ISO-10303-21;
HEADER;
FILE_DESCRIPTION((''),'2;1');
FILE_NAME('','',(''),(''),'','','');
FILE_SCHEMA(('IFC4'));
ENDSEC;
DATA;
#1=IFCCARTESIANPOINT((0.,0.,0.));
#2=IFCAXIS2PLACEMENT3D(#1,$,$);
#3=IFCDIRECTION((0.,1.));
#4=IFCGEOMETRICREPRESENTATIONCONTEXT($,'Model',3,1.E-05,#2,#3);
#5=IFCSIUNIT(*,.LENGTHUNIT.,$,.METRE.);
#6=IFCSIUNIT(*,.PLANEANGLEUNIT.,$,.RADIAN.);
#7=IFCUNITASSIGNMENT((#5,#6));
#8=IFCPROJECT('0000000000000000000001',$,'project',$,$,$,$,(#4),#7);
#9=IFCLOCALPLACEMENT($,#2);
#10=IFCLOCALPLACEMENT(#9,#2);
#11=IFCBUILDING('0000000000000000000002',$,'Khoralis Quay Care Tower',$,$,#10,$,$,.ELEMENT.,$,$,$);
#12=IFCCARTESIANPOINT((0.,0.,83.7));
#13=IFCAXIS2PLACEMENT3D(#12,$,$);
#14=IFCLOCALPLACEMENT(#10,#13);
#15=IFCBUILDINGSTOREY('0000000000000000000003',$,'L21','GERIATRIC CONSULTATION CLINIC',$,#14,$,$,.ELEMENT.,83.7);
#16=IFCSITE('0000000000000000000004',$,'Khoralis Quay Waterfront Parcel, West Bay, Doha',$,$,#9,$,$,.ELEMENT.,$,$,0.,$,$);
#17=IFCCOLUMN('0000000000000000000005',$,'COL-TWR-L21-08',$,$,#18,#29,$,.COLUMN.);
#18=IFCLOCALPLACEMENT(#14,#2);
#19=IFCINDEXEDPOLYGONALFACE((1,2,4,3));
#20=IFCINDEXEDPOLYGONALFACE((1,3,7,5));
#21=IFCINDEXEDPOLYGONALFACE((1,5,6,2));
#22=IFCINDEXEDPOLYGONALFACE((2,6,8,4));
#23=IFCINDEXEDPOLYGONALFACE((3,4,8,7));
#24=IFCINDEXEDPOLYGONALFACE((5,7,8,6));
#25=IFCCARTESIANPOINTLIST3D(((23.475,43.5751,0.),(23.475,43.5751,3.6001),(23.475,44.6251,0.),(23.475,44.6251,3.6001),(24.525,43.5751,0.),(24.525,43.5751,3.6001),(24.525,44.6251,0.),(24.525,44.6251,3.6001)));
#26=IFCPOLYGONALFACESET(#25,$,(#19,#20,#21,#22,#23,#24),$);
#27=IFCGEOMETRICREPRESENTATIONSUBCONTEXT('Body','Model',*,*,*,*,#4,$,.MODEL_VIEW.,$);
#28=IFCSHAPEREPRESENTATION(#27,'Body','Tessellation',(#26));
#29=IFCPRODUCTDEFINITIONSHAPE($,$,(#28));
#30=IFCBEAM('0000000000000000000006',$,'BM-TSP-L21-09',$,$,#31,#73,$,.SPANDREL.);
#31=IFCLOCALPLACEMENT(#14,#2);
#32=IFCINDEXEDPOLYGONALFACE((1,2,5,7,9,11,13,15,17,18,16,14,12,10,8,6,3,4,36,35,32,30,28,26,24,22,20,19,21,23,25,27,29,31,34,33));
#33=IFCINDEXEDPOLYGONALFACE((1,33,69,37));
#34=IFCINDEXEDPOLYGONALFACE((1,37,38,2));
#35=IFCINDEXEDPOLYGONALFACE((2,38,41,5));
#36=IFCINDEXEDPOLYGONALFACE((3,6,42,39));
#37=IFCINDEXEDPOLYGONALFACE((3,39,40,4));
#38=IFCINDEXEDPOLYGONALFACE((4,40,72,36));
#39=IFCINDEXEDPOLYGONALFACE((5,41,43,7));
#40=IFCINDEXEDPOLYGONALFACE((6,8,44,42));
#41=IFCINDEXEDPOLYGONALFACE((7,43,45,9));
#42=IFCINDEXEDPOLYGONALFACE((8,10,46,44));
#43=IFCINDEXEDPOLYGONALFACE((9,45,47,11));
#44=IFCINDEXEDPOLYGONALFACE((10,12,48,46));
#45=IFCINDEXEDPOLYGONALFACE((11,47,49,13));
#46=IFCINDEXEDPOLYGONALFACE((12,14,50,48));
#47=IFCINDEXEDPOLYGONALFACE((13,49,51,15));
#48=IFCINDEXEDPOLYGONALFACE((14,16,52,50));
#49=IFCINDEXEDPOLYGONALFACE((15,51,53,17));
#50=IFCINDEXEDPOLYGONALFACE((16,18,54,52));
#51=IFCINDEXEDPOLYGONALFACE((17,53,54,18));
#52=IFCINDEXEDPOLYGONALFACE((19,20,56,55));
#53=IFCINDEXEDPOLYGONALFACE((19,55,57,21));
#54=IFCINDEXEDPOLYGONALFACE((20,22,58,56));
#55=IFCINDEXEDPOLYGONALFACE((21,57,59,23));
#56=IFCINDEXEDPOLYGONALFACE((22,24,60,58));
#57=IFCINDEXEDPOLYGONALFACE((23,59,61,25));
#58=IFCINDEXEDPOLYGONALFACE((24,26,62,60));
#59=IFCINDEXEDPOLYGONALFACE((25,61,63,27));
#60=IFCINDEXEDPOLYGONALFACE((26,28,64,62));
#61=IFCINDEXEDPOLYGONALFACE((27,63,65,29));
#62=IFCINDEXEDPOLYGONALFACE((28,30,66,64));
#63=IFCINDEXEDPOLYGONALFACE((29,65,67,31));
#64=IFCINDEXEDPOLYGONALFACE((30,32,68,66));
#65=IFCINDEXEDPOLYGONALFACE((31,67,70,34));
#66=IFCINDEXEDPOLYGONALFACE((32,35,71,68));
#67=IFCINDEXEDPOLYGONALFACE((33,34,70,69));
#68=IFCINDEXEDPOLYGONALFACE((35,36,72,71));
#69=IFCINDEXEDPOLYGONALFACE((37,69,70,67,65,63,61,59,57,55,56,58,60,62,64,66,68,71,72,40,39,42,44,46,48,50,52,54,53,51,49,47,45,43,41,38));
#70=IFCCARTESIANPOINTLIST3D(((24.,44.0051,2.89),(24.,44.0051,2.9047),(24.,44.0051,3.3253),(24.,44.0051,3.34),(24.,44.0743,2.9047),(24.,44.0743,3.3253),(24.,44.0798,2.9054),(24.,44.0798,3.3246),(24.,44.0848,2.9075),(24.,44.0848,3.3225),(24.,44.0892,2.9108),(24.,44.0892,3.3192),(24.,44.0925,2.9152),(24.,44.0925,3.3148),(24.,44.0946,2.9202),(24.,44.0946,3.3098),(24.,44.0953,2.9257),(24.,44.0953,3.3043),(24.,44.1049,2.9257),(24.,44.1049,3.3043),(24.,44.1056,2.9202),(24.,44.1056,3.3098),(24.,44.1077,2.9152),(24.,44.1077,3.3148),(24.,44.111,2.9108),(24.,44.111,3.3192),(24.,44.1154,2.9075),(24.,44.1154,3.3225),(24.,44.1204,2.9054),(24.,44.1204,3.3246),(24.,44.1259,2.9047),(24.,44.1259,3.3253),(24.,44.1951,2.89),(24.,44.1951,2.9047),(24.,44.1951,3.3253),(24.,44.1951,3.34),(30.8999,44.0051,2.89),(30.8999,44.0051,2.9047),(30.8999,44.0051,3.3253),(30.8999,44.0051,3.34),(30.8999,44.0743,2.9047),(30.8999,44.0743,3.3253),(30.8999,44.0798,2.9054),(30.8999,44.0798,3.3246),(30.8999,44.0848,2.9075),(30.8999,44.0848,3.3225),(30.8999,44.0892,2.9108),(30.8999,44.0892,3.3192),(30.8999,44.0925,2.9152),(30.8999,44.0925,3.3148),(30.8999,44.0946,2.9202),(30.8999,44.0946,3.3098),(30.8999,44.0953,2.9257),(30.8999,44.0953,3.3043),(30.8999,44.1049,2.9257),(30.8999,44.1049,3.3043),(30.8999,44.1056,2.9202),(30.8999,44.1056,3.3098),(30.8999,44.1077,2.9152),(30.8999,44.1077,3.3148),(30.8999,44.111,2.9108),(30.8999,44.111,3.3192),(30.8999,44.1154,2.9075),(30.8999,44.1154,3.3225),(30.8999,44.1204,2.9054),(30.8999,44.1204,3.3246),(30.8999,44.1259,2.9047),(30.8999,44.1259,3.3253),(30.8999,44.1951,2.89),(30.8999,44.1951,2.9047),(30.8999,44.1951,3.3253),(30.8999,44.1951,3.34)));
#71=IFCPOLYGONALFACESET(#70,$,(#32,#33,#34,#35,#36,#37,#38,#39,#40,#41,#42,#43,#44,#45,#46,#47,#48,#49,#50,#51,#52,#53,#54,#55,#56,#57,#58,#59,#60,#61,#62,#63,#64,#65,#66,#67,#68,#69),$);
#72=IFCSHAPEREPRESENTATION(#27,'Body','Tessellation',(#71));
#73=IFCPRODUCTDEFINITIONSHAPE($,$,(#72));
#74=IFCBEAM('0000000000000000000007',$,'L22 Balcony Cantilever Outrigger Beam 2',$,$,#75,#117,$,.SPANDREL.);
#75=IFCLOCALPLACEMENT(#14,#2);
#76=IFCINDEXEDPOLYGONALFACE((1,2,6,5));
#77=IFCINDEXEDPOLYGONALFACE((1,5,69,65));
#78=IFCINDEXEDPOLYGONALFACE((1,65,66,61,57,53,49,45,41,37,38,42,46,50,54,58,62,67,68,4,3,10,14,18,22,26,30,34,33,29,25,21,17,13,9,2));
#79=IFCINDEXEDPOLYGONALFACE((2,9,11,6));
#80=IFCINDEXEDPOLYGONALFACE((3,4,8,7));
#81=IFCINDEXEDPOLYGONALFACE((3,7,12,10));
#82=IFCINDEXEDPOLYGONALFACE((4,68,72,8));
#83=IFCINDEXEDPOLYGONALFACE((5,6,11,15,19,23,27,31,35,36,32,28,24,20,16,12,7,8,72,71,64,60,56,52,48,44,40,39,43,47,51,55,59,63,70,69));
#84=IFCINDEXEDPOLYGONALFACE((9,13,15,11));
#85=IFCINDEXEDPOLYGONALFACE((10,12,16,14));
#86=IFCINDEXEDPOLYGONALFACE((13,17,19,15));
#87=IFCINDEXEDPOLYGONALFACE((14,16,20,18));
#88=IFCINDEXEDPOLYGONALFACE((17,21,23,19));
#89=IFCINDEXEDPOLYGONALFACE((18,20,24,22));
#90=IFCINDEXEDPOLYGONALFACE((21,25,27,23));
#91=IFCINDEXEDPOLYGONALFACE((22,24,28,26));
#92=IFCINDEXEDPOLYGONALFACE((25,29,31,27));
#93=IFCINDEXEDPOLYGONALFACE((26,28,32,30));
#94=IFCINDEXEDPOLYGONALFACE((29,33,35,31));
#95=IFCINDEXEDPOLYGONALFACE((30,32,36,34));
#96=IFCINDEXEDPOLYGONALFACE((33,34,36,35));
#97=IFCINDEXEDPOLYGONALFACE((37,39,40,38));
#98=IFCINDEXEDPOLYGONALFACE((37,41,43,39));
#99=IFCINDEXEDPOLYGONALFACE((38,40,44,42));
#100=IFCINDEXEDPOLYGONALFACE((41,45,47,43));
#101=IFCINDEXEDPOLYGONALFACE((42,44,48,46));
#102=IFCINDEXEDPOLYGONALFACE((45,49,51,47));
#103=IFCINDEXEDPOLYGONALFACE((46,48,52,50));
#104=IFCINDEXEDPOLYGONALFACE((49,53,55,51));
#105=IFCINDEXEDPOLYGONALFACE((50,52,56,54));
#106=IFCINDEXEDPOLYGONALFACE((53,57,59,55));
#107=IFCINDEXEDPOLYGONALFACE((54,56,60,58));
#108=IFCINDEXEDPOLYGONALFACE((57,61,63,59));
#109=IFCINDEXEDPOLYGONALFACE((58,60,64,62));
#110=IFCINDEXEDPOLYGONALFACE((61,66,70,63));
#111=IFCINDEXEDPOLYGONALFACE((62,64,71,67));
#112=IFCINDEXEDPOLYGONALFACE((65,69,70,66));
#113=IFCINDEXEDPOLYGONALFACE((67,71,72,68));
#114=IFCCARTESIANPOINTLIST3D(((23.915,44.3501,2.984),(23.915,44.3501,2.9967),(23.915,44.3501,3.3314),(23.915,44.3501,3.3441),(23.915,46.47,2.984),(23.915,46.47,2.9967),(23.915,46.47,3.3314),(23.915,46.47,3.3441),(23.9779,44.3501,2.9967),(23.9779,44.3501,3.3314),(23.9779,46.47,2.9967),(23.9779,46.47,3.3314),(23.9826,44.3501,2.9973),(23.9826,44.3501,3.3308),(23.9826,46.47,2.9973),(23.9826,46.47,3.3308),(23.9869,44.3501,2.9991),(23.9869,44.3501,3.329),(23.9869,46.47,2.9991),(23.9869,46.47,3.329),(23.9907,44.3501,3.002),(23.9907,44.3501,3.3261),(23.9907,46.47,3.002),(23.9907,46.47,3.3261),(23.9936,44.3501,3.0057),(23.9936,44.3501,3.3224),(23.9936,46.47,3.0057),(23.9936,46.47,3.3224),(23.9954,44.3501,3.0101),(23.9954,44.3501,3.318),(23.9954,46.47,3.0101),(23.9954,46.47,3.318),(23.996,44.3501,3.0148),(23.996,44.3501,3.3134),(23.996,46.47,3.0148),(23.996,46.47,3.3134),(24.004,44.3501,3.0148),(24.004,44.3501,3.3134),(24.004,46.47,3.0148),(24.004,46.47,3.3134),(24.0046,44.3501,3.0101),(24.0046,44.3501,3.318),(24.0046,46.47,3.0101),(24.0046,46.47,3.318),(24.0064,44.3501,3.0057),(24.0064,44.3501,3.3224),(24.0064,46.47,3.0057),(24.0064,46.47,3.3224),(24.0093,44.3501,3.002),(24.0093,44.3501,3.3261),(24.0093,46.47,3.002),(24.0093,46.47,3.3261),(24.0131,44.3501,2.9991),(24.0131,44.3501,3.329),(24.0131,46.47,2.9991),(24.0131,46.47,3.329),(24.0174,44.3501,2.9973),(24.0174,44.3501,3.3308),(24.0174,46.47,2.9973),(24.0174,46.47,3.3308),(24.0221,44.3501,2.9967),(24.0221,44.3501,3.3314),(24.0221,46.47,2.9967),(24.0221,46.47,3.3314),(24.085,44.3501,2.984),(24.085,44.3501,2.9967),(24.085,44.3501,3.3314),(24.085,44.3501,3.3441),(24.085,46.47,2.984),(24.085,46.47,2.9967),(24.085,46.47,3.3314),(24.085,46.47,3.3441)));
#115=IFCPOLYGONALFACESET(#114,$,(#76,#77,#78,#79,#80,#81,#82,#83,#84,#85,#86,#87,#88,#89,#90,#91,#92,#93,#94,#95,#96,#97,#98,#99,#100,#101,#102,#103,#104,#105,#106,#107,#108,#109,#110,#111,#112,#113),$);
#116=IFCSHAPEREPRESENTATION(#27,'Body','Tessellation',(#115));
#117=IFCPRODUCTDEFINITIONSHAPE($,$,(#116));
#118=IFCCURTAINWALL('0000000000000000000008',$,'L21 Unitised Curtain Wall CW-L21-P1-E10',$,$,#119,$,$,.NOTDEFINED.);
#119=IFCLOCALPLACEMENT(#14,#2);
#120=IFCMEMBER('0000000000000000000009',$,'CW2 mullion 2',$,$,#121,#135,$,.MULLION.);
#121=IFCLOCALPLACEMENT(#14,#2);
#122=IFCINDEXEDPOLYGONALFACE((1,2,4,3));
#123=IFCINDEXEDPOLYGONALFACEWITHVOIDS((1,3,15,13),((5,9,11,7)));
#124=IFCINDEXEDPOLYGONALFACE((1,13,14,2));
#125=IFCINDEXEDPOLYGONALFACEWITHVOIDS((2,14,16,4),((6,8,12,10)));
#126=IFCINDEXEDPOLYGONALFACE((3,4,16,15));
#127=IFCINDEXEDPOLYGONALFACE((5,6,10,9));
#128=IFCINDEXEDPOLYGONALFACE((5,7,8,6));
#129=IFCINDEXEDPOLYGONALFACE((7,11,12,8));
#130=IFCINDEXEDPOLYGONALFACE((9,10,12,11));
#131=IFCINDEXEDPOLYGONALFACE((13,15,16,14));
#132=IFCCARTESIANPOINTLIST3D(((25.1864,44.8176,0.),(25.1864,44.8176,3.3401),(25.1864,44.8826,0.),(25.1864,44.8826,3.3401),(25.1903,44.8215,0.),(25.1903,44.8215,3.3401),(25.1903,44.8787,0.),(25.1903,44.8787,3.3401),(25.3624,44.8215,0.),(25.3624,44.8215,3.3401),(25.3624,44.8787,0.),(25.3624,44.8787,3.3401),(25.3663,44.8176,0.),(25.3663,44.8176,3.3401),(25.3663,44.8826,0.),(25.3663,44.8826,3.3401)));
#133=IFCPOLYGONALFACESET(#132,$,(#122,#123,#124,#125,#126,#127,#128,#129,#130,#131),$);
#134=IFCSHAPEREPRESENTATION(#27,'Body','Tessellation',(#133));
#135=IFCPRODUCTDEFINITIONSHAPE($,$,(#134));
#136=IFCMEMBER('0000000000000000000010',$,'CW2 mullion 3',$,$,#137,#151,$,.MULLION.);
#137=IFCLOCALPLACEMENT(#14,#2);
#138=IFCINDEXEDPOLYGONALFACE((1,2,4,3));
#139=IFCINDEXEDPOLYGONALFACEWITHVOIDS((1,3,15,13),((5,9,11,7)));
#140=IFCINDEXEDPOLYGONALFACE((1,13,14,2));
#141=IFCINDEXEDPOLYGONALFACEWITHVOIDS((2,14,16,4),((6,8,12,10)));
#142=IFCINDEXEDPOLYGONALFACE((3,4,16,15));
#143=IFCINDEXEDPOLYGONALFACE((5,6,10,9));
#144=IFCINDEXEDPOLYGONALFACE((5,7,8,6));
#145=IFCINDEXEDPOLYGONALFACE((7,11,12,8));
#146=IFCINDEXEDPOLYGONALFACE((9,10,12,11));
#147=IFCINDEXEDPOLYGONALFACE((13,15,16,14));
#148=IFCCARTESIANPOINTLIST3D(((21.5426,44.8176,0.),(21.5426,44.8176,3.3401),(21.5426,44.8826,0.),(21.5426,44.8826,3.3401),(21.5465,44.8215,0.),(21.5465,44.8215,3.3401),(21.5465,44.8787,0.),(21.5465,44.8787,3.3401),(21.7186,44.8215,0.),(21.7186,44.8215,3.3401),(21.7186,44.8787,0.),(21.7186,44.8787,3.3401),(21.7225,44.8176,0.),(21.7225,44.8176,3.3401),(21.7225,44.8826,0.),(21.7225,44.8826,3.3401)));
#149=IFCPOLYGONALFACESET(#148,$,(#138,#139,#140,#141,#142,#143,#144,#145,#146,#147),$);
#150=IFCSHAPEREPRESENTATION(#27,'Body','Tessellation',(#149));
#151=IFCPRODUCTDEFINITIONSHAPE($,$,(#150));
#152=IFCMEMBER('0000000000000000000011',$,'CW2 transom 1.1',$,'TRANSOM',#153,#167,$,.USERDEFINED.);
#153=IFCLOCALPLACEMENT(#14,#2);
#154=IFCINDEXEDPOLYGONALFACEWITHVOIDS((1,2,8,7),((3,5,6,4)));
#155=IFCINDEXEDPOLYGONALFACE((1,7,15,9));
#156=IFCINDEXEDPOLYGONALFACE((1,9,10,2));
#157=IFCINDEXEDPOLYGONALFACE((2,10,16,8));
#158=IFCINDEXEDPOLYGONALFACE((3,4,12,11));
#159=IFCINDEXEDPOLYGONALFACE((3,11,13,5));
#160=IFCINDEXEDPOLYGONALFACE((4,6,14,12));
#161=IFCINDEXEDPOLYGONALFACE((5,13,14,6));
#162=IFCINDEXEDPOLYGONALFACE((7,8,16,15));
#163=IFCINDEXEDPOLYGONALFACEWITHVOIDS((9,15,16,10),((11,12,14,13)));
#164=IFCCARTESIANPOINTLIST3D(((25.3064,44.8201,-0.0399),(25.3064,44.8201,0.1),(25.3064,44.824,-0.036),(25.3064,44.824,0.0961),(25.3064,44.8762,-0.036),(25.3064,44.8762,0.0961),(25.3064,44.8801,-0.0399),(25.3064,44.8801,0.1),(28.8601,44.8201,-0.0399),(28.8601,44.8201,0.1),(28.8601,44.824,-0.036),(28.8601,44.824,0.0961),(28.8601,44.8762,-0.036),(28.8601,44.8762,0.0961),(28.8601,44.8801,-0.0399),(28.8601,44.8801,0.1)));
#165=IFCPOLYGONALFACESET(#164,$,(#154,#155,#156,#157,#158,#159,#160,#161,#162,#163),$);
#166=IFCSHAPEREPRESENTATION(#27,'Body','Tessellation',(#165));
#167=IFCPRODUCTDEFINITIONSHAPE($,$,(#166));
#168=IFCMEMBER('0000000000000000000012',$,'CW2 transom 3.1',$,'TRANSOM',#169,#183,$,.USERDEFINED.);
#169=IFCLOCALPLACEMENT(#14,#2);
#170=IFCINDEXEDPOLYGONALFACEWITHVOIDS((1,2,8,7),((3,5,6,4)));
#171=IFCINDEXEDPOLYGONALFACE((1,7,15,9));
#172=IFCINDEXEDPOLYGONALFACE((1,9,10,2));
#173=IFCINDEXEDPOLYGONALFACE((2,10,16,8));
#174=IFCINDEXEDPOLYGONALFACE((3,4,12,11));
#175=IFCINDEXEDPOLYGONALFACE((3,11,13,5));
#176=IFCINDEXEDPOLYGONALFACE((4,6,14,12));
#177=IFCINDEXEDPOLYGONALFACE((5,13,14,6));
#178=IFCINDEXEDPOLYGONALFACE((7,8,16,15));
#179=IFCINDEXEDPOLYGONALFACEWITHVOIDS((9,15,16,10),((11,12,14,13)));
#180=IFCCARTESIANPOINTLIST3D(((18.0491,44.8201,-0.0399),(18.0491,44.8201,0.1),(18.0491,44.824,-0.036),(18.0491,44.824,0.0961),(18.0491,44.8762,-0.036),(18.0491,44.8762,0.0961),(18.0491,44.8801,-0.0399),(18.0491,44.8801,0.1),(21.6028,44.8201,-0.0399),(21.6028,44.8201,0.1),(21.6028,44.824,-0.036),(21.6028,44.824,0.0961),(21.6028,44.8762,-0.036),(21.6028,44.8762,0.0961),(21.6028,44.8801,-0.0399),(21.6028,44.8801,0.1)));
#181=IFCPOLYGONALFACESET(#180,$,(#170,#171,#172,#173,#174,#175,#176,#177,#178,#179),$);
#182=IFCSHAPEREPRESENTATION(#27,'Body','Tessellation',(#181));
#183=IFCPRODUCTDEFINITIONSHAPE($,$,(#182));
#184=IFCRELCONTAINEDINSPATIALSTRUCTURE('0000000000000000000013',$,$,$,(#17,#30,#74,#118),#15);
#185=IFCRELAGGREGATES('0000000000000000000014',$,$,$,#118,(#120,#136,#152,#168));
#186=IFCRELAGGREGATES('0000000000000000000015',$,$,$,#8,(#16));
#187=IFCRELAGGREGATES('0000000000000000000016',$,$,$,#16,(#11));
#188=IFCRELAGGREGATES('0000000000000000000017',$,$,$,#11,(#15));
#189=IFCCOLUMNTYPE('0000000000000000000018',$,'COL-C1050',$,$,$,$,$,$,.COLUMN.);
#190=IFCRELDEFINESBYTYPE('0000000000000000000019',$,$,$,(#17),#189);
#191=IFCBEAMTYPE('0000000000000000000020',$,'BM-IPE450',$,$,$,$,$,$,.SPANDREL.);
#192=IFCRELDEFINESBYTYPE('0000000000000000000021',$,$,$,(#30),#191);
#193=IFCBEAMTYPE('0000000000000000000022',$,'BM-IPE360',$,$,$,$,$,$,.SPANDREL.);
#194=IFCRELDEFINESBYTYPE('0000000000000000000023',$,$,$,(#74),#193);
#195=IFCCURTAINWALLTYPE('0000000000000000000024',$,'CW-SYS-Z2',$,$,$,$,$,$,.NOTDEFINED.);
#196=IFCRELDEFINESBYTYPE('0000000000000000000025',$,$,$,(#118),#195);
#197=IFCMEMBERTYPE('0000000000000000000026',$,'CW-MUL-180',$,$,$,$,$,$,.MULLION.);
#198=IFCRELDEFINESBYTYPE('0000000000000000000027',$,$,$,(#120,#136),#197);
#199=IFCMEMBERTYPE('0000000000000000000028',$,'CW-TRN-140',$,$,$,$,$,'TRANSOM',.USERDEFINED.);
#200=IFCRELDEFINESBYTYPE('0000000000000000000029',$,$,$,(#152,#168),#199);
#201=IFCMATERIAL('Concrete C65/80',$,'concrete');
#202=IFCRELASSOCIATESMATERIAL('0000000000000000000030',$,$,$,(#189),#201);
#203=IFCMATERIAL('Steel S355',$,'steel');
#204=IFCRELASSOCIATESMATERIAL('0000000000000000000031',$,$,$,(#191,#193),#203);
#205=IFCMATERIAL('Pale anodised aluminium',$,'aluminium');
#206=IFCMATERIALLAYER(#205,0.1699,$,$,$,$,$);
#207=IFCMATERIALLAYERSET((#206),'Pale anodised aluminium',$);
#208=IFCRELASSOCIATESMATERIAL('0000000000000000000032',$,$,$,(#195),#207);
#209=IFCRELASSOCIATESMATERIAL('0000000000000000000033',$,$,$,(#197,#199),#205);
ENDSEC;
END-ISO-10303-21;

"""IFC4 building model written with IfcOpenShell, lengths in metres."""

from ifc_helpers import new_model, si_unit, direction, frame, origin, origin_2d, place, context, subcontext, project, spatial, rectangle, hollow_rectangle, i_section, extrude, source, transform, mapped, material, layer, layer_set, material_profile, profile_set, type_object, element, aggregate, save


model = new_model("IFC4")

# Units and contexts
model_context = context("Model", 3, precision=1e-05, world=origin(), true_north=direction((0.0, 1.0)))
body_context = subcontext(model_context, "Body", "Model", "MODEL_VIEW")
ifc_project = project(units=[si_unit("LENGTHUNIT", "METRE"), si_unit("PLANEANGLEUNIT", "RADIAN")], contexts=[model_context])

# Site, building, storey
site_placement = place(None, origin())
site = spatial("IfcSite", under=ifc_project, at=site_placement, Name="Khoralis Quay Waterfront Parcel, West Bay, Doha", CompositionType="ELEMENT", RefElevation=0.0)
building_placement = place(site_placement, origin())
building = spatial("IfcBuilding", under=site, at=building_placement, Name="Khoralis Quay Care Tower", CompositionType="ELEMENT")
storey_placement = place(building_placement, frame((0.0, 0.0, 83.7)))
storey = spatial("IfcBuildingStorey", under=building, at=storey_placement, Name="L21", Description="GERIATRIC CONSULTATION CLINIC", CompositionType="ELEMENT", Elevation=83.7)

# Column
ifc_material_1 = material(Name="Concrete C65/80", Category="concrete")
ifc_material_profile_1 = material_profile(ifc_material_1, rectangle(XDim=1.05, YDim=1.05, at=origin_2d()), Name="Concrete C65/80")
ifc_profile_set_1 = profile_set([ifc_material_profile_1], Name="Concrete C65/80")
column_type = type_object("IfcColumnType", Name="COL-C1050", PredefinedType="COLUMN", material=ifc_profile_set_1)
shared_shape_1 = source(origin(), body_context, "Body", "SweptSolid", [
    extrude(rectangle(XDim=1.05, YDim=1.05, at=origin_2d()), origin(), (0.0, 0.0, 1.0), 3.6001),
])
column_placement = place(storey_placement, frame((24.0, 44.1001, 0.0), z_axis=(0.0, 0.0, 1.0), x_axis=(1.0, 0.0, 0.0)))
element("IfcColumn", 1, at=column_placement, inside=storey, type_object=column_type, Name="COL-TWR-L21-08", PredefinedType="COLUMN", context=body_context, shape_type="MappedRepresentation", body=[
    mapped(shared_shape_1, transform((0.0, 0.0, 0.0), scale=1.0)),
])

# Beams
ifc_material_2 = material(Name="Steel S355", Category="steel")
ifc_material_profile_2 = material_profile(ifc_material_2, i_section(OverallWidth=0.1899, OverallDepth=0.45, WebThickness=0.0095, FlangeThickness=0.0146, FilletRadius=0.021, at=origin_2d()), Name="Steel S355")
ifc_profile_set_2 = profile_set([ifc_material_profile_2], Name="Steel S355")
beam_type_1 = type_object("IfcBeamType", Name="BM-IPE450", PredefinedType="SPANDREL", material=ifc_profile_set_2)
shared_shape_2 = source(origin(), body_context, "Body", "SweptSolid", [
    extrude(i_section(OverallWidth=0.1899, OverallDepth=0.45, WebThickness=0.0095, FlangeThickness=0.0146, FilletRadius=0.021, at=origin_2d()), origin(), (0.0, 0.0, 1.0), 6.8999),
])
beam_1_placement = place(storey_placement, frame((24.0, 44.1001, 3.115), z_axis=(1.0, 0.0, 0.0), x_axis=(0.0, 1.0, 0.0)))
element("IfcBeam", 2, at=beam_1_placement, inside=storey, type_object=beam_type_1, Name="BM-TSP-L21-09", PredefinedType="SPANDREL", context=body_context, shape_type="MappedRepresentation", body=[
    mapped(shared_shape_2, transform((0.0, 0.0, 0.0), scale=1.0)),
])
ifc_material_profile_3 = material_profile(ifc_material_2, i_section(OverallWidth=0.1699, OverallDepth=0.3601, WebThickness=0.0081, FlangeThickness=0.0127, FilletRadius=0.0181, at=origin_2d()), Name="Steel S355")
ifc_profile_set_3 = profile_set([ifc_material_profile_3], Name="Steel S355")
beam_type_2 = type_object("IfcBeamType", Name="BM-IPE360", PredefinedType="SPANDREL", material=ifc_profile_set_3)
shared_shape_3 = source(origin(), body_context, "Body", "SweptSolid", [
    extrude(i_section(OverallWidth=0.1699, OverallDepth=0.3601, WebThickness=0.0081, FlangeThickness=0.0127, FilletRadius=0.0181, at=origin_2d()), origin(), (0.0, 0.0, 1.0), 2.1199),
])
beam_2_placement = place(storey_placement, frame((24.0, 44.3501, 3.1641), z_axis=(0.0, 1.0, 0.0), x_axis=(-1.0, 0.0, 0.0)))
element("IfcBeam", 3, at=beam_2_placement, inside=storey, type_object=beam_type_2, Name="L22 Balcony Cantilever Outrigger Beam 2", PredefinedType="SPANDREL", context=body_context, shape_type="MappedRepresentation", body=[
    mapped(shared_shape_3, transform((0.0, 0.0, 0.0), scale=1.0)),
])

# Curtain wall, members
ifc_material_3 = material(Name="Pale anodised aluminium", Category="aluminium")
ifc_layer_1 = layer(ifc_material_3, 0.1699)
ifc_layer_set_1 = layer_set([ifc_layer_1], Name="Pale anodised aluminium")
curtain_wall_type = type_object("IfcCurtainWallType", Name="CW-SYS-Z2", PredefinedType="NOTDEFINED", material=ifc_layer_set_1)
curtain_wall_placement = place(storey_placement, origin())
curtain_wall = element("IfcCurtainWall", 4, at=curtain_wall_placement, inside=storey, type_object=curtain_wall_type, Name="L21 Unitised Curtain Wall CW-L21-P1-E10", PredefinedType="NOTDEFINED")
ifc_material_profile_4 = material_profile(ifc_material_3, hollow_rectangle(XDim=0.0649, YDim=0.1799, WallThickness=0.0039, at=origin_2d()), Name="Pale anodised aluminium")
ifc_profile_set_4 = profile_set([ifc_material_profile_4], Name="Pale anodised aluminium")
member_type_1 = type_object("IfcMemberType", Name="CW-MUL-180", PredefinedType="MULLION", material=ifc_profile_set_4)
shared_shape_4 = source(origin(), body_context, "Body", "SweptSolid", [
    extrude(hollow_rectangle(XDim=0.0649, YDim=0.1799, WallThickness=0.0039, at=origin_2d()), origin(), (0.0, 0.0, 1.0), 3.3401),
])
member_1_placement = place(storey_placement, frame((25.2764, 44.8501, 0.0), z_axis=(0.0, 0.0, 1.0), x_axis=(0.0, -1.0, 0.0)))
member_1 = element("IfcMember", 5, at=member_1_placement, type_object=member_type_1, Name="CW2 mullion 2", PredefinedType="MULLION", context=body_context, shape_type="MappedRepresentation", body=[
    mapped(shared_shape_4, transform((0.0, 0.0, 0.0), scale=1.0)),
])
member_2_placement = place(storey_placement, frame((21.6326, 44.8501, 0.0), z_axis=(0.0, 0.0, 1.0), x_axis=(0.0, -1.0, 0.0)))
member_2 = element("IfcMember", 6, at=member_2_placement, type_object=member_type_1, Name="CW2 mullion 3", PredefinedType="MULLION", context=body_context, shape_type="MappedRepresentation", body=[
    mapped(shared_shape_4, transform((0.0, 0.0, 0.0), scale=1.0)),
])
ifc_material_profile_5 = material_profile(ifc_material_3, hollow_rectangle(XDim=0.0601, YDim=0.1399, WallThickness=0.0039, at=origin_2d()), Name="Pale anodised aluminium")
ifc_profile_set_5 = profile_set([ifc_material_profile_5], Name="Pale anodised aluminium")
member_type_2 = type_object("IfcMemberType", Name="CW-TRN-140", ElementType="TRANSOM", PredefinedType="USERDEFINED", material=ifc_profile_set_5)
shared_shape_5 = source(origin(), body_context, "Body", "SweptSolid", [
    extrude(hollow_rectangle(XDim=0.0601, YDim=0.1399, WallThickness=0.0039, at=origin_2d()), origin(), (0.0, 0.0, 1.0), 3.5537),
])
member_3_placement = place(storey_placement, frame((28.8601, 44.8501, 0.03), z_axis=(-1.0, 0.0, 0.0), x_axis=(0.0, -1.0, 0.0)))
member_3 = element("IfcMember", 7, at=member_3_placement, type_object=member_type_2, Name="CW2 transom 1.1", ObjectType="TRANSOM", PredefinedType="USERDEFINED", context=body_context, shape_type="MappedRepresentation", body=[
    mapped(shared_shape_5, transform((0.0, 0.0, 0.0), scale=1.0)),
])
member_4_placement = place(storey_placement, frame((21.6028, 44.8501, 0.03), z_axis=(-1.0, 0.0, 0.0), x_axis=(0.0, -1.0, 0.0)))
member_4 = element("IfcMember", 8, at=member_4_placement, type_object=member_type_2, Name="CW2 transom 3.1", ObjectType="TRANSOM", PredefinedType="USERDEFINED", context=body_context, shape_type="MappedRepresentation", body=[
    mapped(shared_shape_5, transform((0.0, 0.0, 0.0), scale=1.0)),
])
aggregate(curtain_wall, [member_1, member_2, member_3, member_4])

save(model, "model.ifc")
